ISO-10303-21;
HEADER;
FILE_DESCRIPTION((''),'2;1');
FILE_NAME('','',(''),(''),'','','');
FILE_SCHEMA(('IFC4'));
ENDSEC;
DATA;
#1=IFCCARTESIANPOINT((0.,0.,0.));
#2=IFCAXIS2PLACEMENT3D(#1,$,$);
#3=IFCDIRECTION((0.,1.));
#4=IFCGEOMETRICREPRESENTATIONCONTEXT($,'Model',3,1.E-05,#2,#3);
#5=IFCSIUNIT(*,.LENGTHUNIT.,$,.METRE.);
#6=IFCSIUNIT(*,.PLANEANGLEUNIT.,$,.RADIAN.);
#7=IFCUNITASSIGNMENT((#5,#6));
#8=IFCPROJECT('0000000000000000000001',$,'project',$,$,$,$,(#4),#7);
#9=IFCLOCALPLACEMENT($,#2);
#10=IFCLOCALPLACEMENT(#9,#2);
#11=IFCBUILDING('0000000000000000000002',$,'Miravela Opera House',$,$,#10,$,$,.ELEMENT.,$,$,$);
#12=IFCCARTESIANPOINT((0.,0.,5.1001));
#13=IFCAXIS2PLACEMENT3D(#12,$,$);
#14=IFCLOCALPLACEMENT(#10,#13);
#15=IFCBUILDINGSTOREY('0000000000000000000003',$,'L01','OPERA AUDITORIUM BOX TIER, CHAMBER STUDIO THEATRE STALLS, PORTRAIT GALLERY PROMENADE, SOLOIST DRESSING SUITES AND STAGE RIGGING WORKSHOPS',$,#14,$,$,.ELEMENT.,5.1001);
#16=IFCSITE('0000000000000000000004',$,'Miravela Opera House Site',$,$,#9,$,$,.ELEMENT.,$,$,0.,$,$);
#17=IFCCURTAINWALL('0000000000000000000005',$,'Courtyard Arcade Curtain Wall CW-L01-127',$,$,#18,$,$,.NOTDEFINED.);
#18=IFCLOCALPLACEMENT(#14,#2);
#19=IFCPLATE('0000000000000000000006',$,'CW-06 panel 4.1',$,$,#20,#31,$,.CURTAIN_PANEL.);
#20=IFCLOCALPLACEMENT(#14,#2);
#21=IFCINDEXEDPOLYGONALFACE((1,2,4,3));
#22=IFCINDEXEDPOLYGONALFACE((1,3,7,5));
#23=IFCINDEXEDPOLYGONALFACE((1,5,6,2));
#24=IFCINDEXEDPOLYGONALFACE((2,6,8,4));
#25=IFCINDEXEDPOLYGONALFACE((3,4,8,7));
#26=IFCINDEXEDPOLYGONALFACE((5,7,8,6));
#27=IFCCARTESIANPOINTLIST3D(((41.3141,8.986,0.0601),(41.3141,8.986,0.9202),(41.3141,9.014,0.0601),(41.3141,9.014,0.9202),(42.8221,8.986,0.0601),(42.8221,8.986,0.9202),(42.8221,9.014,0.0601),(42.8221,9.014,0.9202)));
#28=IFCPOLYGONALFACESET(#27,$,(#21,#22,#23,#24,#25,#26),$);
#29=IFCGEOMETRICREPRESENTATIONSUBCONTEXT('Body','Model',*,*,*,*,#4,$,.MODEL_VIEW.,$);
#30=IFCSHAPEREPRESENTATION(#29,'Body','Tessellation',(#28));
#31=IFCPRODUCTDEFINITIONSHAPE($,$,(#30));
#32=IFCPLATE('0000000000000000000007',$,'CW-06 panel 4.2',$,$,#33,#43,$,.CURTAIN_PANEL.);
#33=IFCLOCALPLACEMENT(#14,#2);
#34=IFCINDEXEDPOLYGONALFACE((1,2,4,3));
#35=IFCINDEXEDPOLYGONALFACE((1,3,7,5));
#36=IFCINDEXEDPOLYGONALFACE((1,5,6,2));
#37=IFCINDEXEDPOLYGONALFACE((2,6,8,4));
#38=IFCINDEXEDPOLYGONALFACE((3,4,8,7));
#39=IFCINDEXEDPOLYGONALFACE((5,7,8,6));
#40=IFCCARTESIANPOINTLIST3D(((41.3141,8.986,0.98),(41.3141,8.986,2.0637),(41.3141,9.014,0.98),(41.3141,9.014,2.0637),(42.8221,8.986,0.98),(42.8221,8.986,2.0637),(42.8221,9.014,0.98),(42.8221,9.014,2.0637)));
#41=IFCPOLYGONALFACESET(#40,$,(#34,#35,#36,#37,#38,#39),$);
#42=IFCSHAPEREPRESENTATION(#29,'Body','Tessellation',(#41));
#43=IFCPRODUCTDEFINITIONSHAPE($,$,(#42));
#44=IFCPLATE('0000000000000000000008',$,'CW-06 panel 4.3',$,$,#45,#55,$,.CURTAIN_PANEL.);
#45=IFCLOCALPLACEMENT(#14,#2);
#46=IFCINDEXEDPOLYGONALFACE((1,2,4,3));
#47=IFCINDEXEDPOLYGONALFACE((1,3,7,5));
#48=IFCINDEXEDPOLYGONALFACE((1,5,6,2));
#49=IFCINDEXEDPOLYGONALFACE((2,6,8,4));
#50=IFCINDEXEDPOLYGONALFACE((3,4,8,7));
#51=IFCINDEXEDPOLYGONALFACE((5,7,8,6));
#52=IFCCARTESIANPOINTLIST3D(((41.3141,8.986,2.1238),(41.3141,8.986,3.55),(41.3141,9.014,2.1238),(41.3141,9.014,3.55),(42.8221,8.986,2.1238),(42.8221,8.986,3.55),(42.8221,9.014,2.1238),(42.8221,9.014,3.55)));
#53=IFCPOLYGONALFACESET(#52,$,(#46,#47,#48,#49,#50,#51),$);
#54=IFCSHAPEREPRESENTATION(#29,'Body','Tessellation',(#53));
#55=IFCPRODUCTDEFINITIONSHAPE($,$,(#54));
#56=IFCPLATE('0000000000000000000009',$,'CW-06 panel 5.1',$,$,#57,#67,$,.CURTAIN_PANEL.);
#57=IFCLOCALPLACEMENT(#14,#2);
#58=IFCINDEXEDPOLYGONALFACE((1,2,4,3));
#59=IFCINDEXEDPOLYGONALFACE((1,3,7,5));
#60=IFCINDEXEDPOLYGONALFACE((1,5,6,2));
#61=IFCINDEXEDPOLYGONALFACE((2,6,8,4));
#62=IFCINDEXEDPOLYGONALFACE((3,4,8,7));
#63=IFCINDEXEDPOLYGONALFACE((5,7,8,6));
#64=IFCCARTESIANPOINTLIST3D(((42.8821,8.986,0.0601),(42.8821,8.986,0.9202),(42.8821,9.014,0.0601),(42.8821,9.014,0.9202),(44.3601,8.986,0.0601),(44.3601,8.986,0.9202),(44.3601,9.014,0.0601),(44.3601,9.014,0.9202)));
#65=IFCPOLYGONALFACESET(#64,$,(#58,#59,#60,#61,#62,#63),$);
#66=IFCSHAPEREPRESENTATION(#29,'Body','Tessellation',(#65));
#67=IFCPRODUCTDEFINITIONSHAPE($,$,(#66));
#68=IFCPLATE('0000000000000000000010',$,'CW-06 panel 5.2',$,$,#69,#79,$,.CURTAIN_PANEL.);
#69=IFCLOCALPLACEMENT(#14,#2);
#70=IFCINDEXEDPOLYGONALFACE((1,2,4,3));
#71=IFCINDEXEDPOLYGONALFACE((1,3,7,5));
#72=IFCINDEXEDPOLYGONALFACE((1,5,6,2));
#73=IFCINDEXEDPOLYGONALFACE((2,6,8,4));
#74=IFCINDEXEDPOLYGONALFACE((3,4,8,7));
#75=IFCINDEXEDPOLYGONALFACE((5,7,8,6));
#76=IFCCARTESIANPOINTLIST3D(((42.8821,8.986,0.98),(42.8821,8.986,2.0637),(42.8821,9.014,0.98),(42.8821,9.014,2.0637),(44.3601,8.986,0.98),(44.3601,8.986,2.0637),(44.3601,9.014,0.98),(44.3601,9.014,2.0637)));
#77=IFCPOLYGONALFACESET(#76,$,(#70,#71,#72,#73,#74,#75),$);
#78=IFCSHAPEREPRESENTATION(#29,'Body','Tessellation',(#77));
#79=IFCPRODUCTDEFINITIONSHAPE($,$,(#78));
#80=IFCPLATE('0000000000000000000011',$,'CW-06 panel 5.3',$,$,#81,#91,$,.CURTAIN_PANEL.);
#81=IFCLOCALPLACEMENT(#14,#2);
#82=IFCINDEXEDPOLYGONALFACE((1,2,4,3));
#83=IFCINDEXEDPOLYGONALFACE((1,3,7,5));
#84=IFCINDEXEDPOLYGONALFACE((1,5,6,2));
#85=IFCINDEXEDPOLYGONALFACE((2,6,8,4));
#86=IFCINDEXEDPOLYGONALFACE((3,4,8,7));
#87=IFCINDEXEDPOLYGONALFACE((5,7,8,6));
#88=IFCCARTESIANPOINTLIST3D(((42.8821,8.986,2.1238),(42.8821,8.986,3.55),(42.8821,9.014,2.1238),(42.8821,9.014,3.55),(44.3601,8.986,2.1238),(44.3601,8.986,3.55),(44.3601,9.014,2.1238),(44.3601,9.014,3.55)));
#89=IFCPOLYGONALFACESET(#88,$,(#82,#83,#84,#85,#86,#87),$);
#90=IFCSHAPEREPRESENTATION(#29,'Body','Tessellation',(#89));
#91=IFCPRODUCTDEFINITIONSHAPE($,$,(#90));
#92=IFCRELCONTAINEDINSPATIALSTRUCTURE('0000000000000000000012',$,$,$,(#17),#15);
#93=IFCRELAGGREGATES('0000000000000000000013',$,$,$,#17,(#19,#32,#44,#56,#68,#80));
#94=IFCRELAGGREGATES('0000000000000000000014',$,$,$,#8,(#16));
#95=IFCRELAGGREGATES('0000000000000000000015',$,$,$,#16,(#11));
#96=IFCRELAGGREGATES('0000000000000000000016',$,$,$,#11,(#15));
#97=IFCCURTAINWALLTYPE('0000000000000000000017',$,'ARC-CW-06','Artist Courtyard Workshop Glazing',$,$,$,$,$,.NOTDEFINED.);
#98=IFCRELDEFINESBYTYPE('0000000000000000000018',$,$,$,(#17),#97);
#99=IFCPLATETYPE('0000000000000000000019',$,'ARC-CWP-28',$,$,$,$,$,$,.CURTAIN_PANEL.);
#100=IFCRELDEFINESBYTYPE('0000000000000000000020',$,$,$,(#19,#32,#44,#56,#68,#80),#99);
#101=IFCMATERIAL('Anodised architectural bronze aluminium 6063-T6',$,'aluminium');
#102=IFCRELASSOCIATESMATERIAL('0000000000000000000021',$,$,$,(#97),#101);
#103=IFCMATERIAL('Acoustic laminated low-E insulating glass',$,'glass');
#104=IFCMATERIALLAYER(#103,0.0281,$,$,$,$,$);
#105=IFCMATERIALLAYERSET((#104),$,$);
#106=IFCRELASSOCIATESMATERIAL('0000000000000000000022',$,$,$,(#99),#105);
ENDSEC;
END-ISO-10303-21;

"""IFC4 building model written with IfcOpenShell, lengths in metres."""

from ifc_helpers import new_model, si_unit, direction, frame, origin, origin_2d, place, context, subcontext, project, spatial, rectangle, extrude, material, layer, layer_set, type_object, element, aggregate, save


model = new_model("IFC4")

# Units and contexts
model_context = context("Model", 3, precision=1e-05, world=origin(), true_north=direction((0.0, 1.0)))
body_context = subcontext(model_context, "Body", "Model", "MODEL_VIEW")
ifc_project = project(units=[si_unit("LENGTHUNIT", "METRE"), si_unit("PLANEANGLEUNIT", "RADIAN")], contexts=[model_context])

# Site, building, storey
site_placement = place(None, origin())
site = spatial("IfcSite", under=ifc_project, at=site_placement, Name="Miravela Opera House Site", CompositionType="ELEMENT", RefElevation=0.0)
building_placement = place(site_placement, origin())
building = spatial("IfcBuilding", under=site, at=building_placement, Name="Miravela Opera House", CompositionType="ELEMENT")
storey_placement = place(building_placement, frame((0.0, 0.0, 5.1001)))
storey = spatial("IfcBuildingStorey", under=building, at=storey_placement, Name="L01", Description="OPERA AUDITORIUM BOX TIER, CHAMBER STUDIO THEATRE STALLS, PORTRAIT GALLERY PROMENADE, SOLOIST DRESSING SUITES AND STAGE RIGGING WORKSHOPS", CompositionType="ELEMENT", Elevation=5.1001)

# Curtain wall
ifc_material_1 = material(Name="Anodised architectural bronze aluminium 6063-T6", Category="aluminium")
curtain_wall_type = type_object("IfcCurtainWallType", Name="ARC-CW-06", Description="Artist Courtyard Workshop Glazing", PredefinedType="NOTDEFINED", material=ifc_material_1)
curtain_wall_placement = place(storey_placement, origin())
curtain_wall = element("IfcCurtainWall", 1, at=curtain_wall_placement, inside=storey, type_object=curtain_wall_type, Name="Courtyard Arcade Curtain Wall CW-L01-127", PredefinedType="NOTDEFINED")

# Plates
ifc_material_2 = material(Name="Acoustic laminated low-E insulating glass", Category="glass")
ifc_layer = layer(ifc_material_2, 0.0281)
ifc_layer_set = layer_set([ifc_layer])
plate_type = type_object("IfcPlateType", Name="ARC-CWP-28", PredefinedType="CURTAIN_PANEL", material=ifc_layer_set)
plate_1_placement = place(storey_placement, frame((42.0681, 9.0, 0.0601), z_axis=(0.0, 0.0, 1.0), x_axis=(1.0, 0.0, 0.0)))
plate_1 = element("IfcPlate", 2, at=plate_1_placement, type_object=plate_type, Name="CW-06 panel 4.1", PredefinedType="CURTAIN_PANEL", context=body_context, shape_type="SweptSolid", body=[
    extrude(rectangle(XDim=1.5081, YDim=0.0281, at=origin_2d()), origin(), (0.0, 0.0, 1.0), 0.8601),
])
plate_2_placement = place(storey_placement, frame((42.0681, 9.0, 0.98), z_axis=(0.0, 0.0, 1.0), x_axis=(1.0, 0.0, 0.0)))
plate_2 = element("IfcPlate", 3, at=plate_2_placement, type_object=plate_type, Name="CW-06 panel 4.2", PredefinedType="CURTAIN_PANEL", context=body_context, shape_type="SweptSolid", body=[
    extrude(rectangle(XDim=1.5081, YDim=0.0281, at=origin_2d()), origin(), (0.0, 0.0, 1.0), 1.0837),
])
plate_3_placement = place(storey_placement, frame((42.0681, 9.0, 2.1238), z_axis=(0.0, 0.0, 1.0), x_axis=(1.0, 0.0, 0.0)))
plate_3 = element("IfcPlate", 4, at=plate_3_placement, type_object=plate_type, Name="CW-06 panel 4.3", PredefinedType="CURTAIN_PANEL", context=body_context, shape_type="SweptSolid", body=[
    extrude(rectangle(XDim=1.5081, YDim=0.0281, at=origin_2d()), origin(), (0.0, 0.0, 1.0), 1.4263),
])
plate_4_placement = place(storey_placement, frame((43.6211, 9.0, 0.0601), z_axis=(0.0, 0.0, 1.0), x_axis=(1.0, 0.0, 0.0)))
plate_4 = element("IfcPlate", 5, at=plate_4_placement, type_object=plate_type, Name="CW-06 panel 5.1", PredefinedType="CURTAIN_PANEL", context=body_context, shape_type="SweptSolid", body=[
    extrude(rectangle(XDim=1.478, YDim=0.0281, at=origin_2d()), origin(), (0.0, 0.0, 1.0), 0.8601),
])
plate_5_placement = place(storey_placement, frame((43.6211, 9.0, 0.98), z_axis=(0.0, 0.0, 1.0), x_axis=(1.0, 0.0, 0.0)))
plate_5 = element("IfcPlate", 6, at=plate_5_placement, type_object=plate_type, Name="CW-06 panel 5.2", PredefinedType="CURTAIN_PANEL", context=body_context, shape_type="SweptSolid", body=[
    extrude(rectangle(XDim=1.478, YDim=0.0281, at=origin_2d()), origin(), (0.0, 0.0, 1.0), 1.0837),
])
plate_6_placement = place(storey_placement, frame((43.6211, 9.0, 2.1238), z_axis=(0.0, 0.0, 1.0), x_axis=(1.0, 0.0, 0.0)))
plate_6 = element("IfcPlate", 7, at=plate_6_placement, type_object=plate_type, Name="CW-06 panel 5.3", PredefinedType="CURTAIN_PANEL", context=body_context, shape_type="SweptSolid", body=[
    extrude(rectangle(XDim=1.478, YDim=0.0281, at=origin_2d()), origin(), (0.0, 0.0, 1.0), 1.4263),
])
aggregate(curtain_wall, [plate_1, plate_2, plate_3, plate_4, plate_5, plate_6])

save(model, "model.ifc")
